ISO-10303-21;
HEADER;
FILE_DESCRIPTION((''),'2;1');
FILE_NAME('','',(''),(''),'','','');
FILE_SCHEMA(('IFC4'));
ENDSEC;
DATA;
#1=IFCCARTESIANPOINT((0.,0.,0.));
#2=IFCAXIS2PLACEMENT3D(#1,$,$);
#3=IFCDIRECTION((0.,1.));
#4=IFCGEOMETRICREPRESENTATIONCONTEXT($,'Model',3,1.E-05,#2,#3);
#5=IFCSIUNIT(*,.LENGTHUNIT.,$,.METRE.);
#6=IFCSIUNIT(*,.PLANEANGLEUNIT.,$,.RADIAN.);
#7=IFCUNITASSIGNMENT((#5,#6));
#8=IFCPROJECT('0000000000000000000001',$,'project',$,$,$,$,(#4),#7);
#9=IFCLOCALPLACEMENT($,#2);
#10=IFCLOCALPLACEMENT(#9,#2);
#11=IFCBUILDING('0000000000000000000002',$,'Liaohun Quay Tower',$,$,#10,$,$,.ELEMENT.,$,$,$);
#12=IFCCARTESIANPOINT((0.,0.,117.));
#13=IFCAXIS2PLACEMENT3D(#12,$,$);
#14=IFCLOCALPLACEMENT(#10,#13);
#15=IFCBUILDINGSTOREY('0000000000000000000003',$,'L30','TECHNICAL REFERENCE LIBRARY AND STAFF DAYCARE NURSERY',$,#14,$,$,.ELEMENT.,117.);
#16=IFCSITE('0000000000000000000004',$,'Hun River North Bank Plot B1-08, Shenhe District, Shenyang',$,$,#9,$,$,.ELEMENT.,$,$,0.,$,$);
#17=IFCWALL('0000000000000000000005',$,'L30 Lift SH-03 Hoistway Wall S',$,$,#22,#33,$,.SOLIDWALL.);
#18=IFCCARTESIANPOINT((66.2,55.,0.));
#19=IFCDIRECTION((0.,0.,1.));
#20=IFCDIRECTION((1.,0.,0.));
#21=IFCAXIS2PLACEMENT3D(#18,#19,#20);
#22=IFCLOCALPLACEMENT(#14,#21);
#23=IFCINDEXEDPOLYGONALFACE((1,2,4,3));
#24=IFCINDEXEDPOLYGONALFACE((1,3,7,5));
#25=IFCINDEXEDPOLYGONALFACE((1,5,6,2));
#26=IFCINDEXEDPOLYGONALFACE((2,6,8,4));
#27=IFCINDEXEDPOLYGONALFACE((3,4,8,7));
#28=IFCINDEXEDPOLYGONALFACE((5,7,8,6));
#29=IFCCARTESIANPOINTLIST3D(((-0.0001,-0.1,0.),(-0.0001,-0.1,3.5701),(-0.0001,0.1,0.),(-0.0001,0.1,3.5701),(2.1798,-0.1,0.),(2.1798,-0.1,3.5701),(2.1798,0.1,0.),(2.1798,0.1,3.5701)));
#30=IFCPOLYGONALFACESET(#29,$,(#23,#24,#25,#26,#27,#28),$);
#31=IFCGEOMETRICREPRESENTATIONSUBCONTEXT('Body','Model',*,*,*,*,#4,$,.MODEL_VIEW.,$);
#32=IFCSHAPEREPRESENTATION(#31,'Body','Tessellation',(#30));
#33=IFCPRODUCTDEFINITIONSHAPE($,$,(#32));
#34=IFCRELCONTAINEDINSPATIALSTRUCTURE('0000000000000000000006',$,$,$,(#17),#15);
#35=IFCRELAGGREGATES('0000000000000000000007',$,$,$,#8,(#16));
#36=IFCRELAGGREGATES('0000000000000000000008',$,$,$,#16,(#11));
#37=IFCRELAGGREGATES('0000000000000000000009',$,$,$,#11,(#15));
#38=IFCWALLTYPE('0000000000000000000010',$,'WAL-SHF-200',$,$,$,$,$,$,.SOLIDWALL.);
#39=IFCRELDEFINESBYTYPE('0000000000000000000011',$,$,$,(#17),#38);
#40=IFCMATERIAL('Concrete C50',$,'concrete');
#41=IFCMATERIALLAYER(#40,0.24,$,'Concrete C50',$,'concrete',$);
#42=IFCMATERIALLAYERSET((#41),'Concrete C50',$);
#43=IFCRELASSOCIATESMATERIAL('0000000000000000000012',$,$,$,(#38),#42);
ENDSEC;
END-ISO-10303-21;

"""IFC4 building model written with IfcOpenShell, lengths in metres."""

from ifc_helpers import new_model, si_unit, direction, frame, frame_2d, origin, place, context, subcontext, project, spatial, rectangle, extrude, material, layer, layer_set, type_object, element, save


model = new_model("IFC4")

# Units and contexts
model_context = context("Model", 3, precision=1e-05, world=origin(), true_north=direction((0.0, 1.0)))
body_context = subcontext(model_context, "Body", "Model", "MODEL_VIEW")
ifc_project = project(units=[si_unit("LENGTHUNIT", "METRE"), si_unit("PLANEANGLEUNIT", "RADIAN")], contexts=[model_context])

# Site, building, storey
site_placement = place(None, origin())
site = spatial("IfcSite", under=ifc_project, at=site_placement, Name="Hun River North Bank Plot B1-08, Shenhe District, Shenyang", CompositionType="ELEMENT", RefElevation=0.0)
building_placement = place(site_placement, origin())
building = spatial("IfcBuilding", under=site, at=building_placement, Name="Liaohun Quay Tower", CompositionType="ELEMENT")
storey_placement = place(building_placement, frame((0.0, 0.0, 117.0)))
storey = spatial("IfcBuildingStorey", under=building, at=storey_placement, Name="L30", Description="TECHNICAL REFERENCE LIBRARY AND STAFF DAYCARE NURSERY", CompositionType="ELEMENT", Elevation=117.0)

# Shared definitions
ifc_material_1 = material(Name="Concrete C50", Category="concrete")
ifc_layer_1 = layer(ifc_material_1, 0.24, Name="Concrete C50", Category="concrete")
ifc_layer_set_1 = layer_set([ifc_layer_1], Name="Concrete C50")
wall_type_1 = type_object("IfcWallType", Name="WAL-SHF-200", PredefinedType="SOLIDWALL", material=ifc_layer_set_1)

# Wall
wall_1_placement = place(storey_placement, frame((66.2, 55.0, 0.0), z_axis=(0.0, 0.0, 1.0), x_axis=(1.0, 0.0, 0.0)))
element("IfcWall", 1, at=wall_1_placement, inside=storey, type_object=wall_type_1, Name="L30 Lift SH-03 Hoistway Wall S", PredefinedType="SOLIDWALL", context=body_context, shape_type="SweptSolid", body=[
    extrude(rectangle(XDim=2.1799, YDim=0.2, at=frame_2d((1.0898, 0.0))), origin(), (0.0, 0.0, 1.0), 3.5701),
])

save(model, "model.ifc")
